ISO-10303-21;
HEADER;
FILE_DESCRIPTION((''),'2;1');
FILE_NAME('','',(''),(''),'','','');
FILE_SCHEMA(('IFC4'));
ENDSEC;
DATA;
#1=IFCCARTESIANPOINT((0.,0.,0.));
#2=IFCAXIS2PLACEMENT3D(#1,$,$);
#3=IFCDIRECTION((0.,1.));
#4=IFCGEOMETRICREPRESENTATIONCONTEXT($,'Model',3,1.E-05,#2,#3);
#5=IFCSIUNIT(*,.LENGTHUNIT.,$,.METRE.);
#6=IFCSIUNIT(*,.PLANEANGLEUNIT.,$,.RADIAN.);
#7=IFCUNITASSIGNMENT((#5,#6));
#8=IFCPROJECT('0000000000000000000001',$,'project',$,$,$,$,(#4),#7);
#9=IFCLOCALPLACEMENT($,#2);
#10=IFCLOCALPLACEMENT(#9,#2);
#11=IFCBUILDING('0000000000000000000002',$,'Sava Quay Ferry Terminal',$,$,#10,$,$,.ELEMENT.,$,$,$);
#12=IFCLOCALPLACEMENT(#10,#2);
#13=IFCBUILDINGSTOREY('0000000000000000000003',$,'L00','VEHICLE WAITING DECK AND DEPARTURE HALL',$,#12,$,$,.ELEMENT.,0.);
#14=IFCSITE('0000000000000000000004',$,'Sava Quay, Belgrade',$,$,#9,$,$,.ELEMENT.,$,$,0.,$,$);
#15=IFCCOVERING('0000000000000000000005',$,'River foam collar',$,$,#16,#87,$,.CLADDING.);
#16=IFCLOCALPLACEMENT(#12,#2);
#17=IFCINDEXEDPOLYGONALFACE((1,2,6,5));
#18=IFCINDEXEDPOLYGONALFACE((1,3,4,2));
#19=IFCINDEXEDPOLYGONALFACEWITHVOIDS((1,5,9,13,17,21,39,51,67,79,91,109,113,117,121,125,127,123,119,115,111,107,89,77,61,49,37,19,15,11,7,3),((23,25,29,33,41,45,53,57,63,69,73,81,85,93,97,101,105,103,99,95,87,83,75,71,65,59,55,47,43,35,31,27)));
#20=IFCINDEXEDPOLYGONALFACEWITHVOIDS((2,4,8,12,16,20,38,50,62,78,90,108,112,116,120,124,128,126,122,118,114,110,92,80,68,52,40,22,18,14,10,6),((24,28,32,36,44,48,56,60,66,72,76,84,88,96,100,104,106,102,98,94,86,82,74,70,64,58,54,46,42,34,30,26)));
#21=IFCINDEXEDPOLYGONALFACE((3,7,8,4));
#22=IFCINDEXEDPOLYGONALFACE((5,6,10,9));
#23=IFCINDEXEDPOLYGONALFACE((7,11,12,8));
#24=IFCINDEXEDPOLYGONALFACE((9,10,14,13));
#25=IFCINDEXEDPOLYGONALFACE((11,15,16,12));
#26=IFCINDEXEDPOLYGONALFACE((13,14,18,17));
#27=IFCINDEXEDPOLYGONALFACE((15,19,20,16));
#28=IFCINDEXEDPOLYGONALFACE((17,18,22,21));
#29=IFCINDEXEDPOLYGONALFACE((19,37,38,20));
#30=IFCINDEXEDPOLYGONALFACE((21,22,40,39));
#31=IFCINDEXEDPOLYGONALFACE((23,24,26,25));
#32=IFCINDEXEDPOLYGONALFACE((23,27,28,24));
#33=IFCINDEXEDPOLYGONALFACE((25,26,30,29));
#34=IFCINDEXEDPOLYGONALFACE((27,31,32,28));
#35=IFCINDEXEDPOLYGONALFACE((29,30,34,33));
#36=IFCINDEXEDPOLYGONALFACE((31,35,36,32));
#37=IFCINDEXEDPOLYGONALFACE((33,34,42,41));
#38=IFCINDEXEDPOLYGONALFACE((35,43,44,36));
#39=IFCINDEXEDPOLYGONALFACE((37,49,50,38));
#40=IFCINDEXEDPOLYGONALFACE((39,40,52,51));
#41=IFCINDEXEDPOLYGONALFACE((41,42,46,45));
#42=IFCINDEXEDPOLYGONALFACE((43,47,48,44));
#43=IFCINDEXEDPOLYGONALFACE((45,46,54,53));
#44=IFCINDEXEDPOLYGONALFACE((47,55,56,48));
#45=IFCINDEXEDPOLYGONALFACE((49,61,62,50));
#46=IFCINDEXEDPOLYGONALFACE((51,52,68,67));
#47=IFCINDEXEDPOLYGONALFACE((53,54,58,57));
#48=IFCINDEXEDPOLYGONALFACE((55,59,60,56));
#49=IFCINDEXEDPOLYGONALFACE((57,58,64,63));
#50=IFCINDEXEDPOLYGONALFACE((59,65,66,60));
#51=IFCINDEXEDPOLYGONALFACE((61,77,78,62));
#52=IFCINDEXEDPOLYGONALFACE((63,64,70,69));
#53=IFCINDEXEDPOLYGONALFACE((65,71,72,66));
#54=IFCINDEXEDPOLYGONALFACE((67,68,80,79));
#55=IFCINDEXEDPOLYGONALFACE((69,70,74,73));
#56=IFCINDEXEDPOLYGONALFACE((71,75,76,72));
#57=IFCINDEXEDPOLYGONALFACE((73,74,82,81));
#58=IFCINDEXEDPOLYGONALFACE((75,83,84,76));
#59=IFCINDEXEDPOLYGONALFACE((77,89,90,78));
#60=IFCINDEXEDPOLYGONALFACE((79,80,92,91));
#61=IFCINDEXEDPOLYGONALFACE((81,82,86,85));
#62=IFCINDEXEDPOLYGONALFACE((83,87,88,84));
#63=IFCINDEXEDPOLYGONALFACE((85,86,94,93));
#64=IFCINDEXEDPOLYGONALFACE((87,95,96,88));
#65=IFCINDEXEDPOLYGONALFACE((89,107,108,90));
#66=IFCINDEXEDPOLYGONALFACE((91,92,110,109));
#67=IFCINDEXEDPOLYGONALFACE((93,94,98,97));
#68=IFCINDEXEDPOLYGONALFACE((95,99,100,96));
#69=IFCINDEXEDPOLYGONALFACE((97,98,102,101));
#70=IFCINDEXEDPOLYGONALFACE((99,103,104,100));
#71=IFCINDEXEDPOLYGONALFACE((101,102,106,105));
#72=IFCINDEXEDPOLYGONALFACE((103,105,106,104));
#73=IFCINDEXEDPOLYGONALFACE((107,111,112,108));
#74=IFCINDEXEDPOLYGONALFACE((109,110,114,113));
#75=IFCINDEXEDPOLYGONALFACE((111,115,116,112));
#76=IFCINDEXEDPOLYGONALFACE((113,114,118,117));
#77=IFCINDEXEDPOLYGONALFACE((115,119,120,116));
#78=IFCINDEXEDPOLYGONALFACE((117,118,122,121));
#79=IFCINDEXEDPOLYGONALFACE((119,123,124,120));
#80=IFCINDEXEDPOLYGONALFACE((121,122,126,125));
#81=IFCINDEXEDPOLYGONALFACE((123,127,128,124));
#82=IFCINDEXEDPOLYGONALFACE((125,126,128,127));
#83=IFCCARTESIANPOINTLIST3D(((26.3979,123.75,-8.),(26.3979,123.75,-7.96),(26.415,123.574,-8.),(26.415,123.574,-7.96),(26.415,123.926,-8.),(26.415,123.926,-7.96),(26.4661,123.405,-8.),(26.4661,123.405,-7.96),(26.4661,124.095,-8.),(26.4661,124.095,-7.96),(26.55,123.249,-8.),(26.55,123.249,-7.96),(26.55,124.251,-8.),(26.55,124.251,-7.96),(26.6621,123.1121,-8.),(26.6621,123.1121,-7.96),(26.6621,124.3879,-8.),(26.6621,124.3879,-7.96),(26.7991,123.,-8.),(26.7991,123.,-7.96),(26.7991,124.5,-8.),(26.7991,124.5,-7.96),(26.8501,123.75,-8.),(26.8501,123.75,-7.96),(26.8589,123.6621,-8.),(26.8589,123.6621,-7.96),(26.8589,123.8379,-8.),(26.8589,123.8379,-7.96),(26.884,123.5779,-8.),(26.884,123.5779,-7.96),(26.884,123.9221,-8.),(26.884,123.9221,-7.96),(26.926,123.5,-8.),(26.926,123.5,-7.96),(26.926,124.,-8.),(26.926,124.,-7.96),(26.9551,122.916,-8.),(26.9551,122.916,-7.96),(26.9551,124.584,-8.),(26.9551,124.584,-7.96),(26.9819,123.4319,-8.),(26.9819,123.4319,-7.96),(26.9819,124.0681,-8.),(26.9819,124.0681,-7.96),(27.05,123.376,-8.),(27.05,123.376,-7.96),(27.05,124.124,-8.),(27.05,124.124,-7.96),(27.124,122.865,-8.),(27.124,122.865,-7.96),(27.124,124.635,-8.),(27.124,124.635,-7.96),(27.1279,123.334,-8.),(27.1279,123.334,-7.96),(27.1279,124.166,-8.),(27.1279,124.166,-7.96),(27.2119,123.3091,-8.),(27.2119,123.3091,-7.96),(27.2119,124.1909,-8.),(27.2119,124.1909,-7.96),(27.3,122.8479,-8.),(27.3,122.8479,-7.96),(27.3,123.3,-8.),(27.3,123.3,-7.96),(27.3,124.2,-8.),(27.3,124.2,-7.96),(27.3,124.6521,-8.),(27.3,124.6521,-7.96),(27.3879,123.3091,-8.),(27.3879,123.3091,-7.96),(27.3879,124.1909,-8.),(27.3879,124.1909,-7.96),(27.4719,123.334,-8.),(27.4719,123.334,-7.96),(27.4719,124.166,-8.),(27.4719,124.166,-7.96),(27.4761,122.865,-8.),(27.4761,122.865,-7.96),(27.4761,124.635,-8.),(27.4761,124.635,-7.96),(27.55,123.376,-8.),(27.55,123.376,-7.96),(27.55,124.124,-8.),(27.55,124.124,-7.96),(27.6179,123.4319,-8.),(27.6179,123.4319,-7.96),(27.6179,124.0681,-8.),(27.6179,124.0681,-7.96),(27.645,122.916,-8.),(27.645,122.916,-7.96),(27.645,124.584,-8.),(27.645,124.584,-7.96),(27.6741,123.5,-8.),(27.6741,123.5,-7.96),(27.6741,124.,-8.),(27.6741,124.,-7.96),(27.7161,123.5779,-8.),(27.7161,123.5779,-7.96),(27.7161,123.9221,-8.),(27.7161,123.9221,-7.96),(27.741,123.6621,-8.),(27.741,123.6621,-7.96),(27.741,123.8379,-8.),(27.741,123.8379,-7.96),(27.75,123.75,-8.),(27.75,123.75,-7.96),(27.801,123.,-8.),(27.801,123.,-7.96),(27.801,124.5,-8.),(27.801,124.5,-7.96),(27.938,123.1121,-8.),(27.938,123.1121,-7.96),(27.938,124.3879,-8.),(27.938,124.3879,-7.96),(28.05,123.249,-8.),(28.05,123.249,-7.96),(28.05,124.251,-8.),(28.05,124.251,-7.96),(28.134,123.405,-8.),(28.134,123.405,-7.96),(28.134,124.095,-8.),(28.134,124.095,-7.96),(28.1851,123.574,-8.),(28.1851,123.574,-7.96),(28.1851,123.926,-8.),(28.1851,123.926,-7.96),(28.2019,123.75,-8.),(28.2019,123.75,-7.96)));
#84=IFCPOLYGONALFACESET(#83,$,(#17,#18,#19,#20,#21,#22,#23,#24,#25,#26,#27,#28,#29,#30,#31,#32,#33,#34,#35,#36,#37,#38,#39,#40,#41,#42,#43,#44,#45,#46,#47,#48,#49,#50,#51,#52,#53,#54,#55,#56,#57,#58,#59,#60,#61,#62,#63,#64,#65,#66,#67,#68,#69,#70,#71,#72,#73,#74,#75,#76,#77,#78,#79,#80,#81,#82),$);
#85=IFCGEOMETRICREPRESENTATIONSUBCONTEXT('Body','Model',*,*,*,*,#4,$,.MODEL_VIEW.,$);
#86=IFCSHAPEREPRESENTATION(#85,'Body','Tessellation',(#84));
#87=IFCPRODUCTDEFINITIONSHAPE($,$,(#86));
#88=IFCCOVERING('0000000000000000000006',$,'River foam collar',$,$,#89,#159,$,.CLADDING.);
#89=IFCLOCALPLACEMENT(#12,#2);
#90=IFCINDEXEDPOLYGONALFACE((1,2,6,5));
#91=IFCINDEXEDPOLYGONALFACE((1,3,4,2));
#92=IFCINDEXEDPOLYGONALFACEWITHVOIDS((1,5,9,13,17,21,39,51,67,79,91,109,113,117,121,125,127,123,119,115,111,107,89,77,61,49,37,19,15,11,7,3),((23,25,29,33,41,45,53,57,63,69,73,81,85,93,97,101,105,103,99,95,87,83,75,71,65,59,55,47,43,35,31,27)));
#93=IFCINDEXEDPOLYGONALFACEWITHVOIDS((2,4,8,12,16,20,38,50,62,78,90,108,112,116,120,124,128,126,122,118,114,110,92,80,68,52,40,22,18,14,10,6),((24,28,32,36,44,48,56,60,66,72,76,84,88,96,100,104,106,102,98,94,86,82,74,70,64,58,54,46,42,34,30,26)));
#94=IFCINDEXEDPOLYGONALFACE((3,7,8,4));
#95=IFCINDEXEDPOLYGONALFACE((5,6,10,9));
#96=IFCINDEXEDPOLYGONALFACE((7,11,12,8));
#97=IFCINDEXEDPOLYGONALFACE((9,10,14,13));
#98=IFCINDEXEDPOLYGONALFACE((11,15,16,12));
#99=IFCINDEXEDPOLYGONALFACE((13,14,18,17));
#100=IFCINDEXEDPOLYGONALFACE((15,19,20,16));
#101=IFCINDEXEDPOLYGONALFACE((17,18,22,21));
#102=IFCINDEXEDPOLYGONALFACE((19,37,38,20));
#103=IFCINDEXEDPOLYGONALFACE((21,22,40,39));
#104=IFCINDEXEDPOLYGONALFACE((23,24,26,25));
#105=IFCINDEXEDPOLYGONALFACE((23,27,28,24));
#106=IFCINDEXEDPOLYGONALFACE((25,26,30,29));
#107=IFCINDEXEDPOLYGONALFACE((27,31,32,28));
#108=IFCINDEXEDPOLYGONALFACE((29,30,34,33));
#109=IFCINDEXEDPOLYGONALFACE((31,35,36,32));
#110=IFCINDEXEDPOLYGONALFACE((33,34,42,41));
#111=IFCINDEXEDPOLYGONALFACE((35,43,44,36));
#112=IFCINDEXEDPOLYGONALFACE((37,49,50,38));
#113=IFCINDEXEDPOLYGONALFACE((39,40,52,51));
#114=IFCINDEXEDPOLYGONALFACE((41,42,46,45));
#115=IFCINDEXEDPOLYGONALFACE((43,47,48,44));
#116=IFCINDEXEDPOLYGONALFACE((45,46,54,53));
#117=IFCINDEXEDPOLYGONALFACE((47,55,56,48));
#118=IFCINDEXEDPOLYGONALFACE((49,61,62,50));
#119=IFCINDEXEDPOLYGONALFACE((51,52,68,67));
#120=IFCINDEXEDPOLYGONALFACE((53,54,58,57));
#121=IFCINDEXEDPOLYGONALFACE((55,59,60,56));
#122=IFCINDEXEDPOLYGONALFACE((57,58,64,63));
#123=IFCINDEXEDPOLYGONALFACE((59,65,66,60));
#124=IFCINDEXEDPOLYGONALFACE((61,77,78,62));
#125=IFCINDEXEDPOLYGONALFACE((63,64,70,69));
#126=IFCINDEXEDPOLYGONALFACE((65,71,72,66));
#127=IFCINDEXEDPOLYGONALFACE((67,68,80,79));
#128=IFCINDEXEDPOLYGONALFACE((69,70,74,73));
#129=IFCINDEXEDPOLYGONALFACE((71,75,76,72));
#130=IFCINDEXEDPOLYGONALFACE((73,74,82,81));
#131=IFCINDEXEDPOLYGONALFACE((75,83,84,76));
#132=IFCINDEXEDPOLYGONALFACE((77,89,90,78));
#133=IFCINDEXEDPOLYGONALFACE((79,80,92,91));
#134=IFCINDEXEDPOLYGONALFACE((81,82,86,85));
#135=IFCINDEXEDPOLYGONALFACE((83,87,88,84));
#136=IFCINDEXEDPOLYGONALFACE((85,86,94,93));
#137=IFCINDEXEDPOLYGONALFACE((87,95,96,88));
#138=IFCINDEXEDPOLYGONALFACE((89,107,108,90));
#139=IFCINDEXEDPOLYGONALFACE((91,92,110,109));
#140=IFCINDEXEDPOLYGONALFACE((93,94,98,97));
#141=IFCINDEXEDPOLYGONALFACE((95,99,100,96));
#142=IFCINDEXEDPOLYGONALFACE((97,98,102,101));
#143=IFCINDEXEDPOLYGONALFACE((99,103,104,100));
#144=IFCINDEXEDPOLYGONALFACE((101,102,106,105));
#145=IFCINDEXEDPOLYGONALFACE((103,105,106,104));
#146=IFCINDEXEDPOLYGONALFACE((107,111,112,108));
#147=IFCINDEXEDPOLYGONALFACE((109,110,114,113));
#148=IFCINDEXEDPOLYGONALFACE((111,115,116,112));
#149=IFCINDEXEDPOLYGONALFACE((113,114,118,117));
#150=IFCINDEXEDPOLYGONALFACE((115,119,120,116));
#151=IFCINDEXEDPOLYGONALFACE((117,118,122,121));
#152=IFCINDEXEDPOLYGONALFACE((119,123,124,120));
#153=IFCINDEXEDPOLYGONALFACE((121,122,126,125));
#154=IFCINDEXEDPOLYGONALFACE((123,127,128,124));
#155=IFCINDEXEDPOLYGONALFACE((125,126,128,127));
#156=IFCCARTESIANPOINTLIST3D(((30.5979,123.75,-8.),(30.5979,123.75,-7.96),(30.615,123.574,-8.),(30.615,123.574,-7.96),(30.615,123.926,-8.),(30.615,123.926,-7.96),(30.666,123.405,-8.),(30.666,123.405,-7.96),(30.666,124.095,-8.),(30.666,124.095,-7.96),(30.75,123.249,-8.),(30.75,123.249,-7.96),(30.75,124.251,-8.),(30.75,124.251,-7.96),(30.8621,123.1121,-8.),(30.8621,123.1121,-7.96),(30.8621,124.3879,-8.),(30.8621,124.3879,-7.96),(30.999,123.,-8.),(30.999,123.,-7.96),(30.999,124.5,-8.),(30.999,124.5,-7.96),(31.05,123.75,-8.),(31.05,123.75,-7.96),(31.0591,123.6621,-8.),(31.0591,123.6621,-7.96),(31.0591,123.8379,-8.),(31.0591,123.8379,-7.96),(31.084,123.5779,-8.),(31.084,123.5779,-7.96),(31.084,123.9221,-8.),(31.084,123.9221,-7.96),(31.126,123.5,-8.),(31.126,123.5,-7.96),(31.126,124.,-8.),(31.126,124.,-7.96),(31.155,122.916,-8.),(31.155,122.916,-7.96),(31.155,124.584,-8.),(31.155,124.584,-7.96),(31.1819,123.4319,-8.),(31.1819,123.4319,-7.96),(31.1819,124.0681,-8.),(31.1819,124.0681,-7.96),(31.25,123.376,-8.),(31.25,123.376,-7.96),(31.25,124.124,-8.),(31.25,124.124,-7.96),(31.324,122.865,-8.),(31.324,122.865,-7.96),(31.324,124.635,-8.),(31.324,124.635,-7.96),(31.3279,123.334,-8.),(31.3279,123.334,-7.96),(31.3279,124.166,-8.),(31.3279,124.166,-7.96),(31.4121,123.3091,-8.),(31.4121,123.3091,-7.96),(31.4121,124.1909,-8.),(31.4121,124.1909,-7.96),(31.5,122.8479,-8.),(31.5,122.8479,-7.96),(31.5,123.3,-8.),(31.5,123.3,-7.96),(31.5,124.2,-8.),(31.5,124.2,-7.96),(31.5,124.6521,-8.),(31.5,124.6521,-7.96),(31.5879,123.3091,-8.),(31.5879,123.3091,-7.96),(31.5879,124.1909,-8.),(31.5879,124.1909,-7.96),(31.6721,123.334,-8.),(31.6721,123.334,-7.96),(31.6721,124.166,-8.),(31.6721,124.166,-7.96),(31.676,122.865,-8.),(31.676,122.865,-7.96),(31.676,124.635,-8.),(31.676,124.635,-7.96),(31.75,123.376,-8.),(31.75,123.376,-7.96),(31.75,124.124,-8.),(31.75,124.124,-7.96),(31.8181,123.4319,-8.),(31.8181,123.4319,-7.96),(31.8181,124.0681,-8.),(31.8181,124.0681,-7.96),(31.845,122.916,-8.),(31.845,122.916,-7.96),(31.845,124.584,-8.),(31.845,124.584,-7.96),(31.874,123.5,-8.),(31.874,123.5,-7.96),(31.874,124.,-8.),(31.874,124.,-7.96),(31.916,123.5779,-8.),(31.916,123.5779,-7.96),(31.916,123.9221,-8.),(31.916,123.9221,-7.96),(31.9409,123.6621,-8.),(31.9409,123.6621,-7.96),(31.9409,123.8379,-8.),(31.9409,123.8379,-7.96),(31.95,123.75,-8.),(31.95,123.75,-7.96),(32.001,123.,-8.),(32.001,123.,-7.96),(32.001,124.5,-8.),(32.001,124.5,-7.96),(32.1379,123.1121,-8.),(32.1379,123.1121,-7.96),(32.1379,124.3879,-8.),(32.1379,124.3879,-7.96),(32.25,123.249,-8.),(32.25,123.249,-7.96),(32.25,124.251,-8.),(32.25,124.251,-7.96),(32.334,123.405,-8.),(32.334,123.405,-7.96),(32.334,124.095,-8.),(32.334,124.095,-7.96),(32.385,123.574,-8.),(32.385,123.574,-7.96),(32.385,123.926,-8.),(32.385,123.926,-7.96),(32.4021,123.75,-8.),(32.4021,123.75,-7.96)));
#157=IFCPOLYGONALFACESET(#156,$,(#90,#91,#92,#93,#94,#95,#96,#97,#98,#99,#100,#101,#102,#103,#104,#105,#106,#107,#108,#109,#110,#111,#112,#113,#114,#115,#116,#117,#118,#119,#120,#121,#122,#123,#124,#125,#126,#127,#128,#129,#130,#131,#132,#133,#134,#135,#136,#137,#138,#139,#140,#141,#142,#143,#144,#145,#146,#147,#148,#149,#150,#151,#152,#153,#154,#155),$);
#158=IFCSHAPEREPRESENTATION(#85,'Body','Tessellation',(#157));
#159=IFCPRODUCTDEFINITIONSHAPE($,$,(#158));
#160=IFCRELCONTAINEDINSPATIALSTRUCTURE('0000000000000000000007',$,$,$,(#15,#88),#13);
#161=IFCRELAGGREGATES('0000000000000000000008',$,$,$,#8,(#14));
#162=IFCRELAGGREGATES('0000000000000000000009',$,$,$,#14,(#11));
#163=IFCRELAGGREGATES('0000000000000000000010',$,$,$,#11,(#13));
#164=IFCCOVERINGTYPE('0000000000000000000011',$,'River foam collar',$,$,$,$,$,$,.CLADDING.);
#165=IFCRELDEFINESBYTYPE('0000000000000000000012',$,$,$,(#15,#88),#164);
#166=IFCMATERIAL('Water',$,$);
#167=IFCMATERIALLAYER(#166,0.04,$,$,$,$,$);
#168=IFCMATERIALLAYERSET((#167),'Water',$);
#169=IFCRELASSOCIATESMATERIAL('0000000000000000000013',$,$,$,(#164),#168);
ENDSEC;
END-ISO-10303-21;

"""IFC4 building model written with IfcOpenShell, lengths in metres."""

from ifc_helpers import new_model, si_unit, direction, frame, origin, place, context, subcontext, project, spatial, polyline, outline, extrude, material, layer, layer_set, type_object, element, save


model = new_model("IFC4")

# Units and contexts
model_context = context("Model", 3, precision=1e-05, world=origin(), true_north=direction((0.0, 1.0)))
body_context = subcontext(model_context, "Body", "Model", "MODEL_VIEW")
ifc_project = project(units=[si_unit("LENGTHUNIT", "METRE"), si_unit("PLANEANGLEUNIT", "RADIAN")], contexts=[model_context])

# Site, building, storey
site_placement = place(None, origin())
site = spatial("IfcSite", under=ifc_project, at=site_placement, Name="Sava Quay, Belgrade", CompositionType="ELEMENT", RefElevation=0.0)
building_placement = place(site_placement, origin())
building = spatial("IfcBuilding", under=site, at=building_placement, Name="Sava Quay Ferry Terminal", CompositionType="ELEMENT")
storey_placement = place(building_placement, origin())
storey = spatial("IfcBuildingStorey", under=building, at=storey_placement, Name="L00", Description="VEHICLE WAITING DECK AND DEPARTURE HALL", CompositionType="ELEMENT", Elevation=0.0)

# Coverings
ifc_material = material(Name="Water")
ifc_layer = layer(ifc_material, 0.04)
ifc_layer_set = layer_set([ifc_layer], Name="Water")
covering_type = type_object("IfcCoveringType", Name="River foam collar", PredefinedType="CLADDING", material=ifc_layer_set)
covering_1_placement = place(storey_placement, frame((0.0, 0.0, -8.0)))
element("IfcCovering", 1, at=covering_1_placement, inside=storey, type_object=covering_type, Name="River foam collar", PredefinedType="CLADDING", context=body_context, shape_type="SweptSolid", body=[
    extrude(outline(polyline([(28.1851, 123.574), (28.2019, 123.75), (28.1851, 123.926), (28.134, 124.095), (28.05, 124.251), (27.938, 124.3879), (27.801, 124.5), (27.645, 124.584), (27.4761, 124.635), (27.3, 124.6521), (27.124, 124.635), (26.9551, 124.584), (26.7991, 124.5), (26.6621, 124.3879), (26.55, 124.251), (26.4661, 124.095), (26.415, 123.926), (26.3979, 123.75), (26.415, 123.574), (26.4661, 123.405), (26.55, 123.249), (26.6621, 123.1121), (26.7991, 123.0), (26.9551, 122.916), (27.124, 122.865), (27.3, 122.8479), (27.4761, 122.865), (27.645, 122.916), (27.801, 123.0), (27.938, 123.1121), (28.05, 123.249), (28.134, 123.405), (28.1851, 123.574)]), holes=[polyline([(27.741, 123.8379), (27.75, 123.75), (27.741, 123.6621), (27.7161, 123.5779), (27.6741, 123.5), (27.6179, 123.4319), (27.55, 123.376), (27.4719, 123.334), (27.3879, 123.3091), (27.3, 123.3), (27.2119, 123.3091), (27.1279, 123.334), (27.05, 123.376), (26.9819, 123.4319), (26.926, 123.5), (26.884, 123.5779), (26.8589, 123.6621), (26.8501, 123.75), (26.8589, 123.8379), (26.884, 123.9221), (26.926, 124.0), (26.9819, 124.0681), (27.05, 124.124), (27.1279, 124.166), (27.2119, 124.1909), (27.3, 124.2), (27.3879, 124.1909), (27.4719, 124.166), (27.55, 124.124), (27.6179, 124.0681), (27.6741, 124.0), (27.7161, 123.9221), (27.741, 123.8379)])]), origin(), (0.0, 0.0, 1.0), 0.04),
])
covering_2_placement = place(storey_placement, frame((0.0, 0.0, -8.0)))
element("IfcCovering", 2, at=covering_2_placement, inside=storey, type_object=covering_type, Name="River foam collar", PredefinedType="CLADDING", context=body_context, shape_type="SweptSolid", body=[
    extrude(outline(polyline([(32.334, 123.405), (32.385, 123.574), (32.4021, 123.75), (32.385, 123.926), (32.334, 124.095), (32.25, 124.251), (32.1379, 124.3879), (32.001, 124.5), (31.845, 124.584), (31.676, 124.635), (31.5, 124.6521), (31.324, 124.635), (31.155, 124.584), (30.999, 124.5), (30.8621, 124.3879), (30.75, 124.251), (30.666, 124.095), (30.615, 123.926), (30.5979, 123.75), (30.615, 123.574), (30.666, 123.405), (30.75, 123.249), (30.8621, 123.1121), (30.999, 123.0), (31.155, 122.916), (31.324, 122.865), (31.5, 122.8479), (31.676, 122.865), (31.845, 122.916), (32.001, 123.0), (32.1379, 123.1121), (32.25, 123.249), (32.334, 123.405)]), holes=[polyline([(31.916, 123.9221), (31.9409, 123.8379), (31.95, 123.75), (31.9409, 123.6621), (31.916, 123.5779), (31.874, 123.5), (31.8181, 123.4319), (31.75, 123.376), (31.6721, 123.334), (31.5879, 123.3091), (31.5, 123.3), (31.4121, 123.3091), (31.3279, 123.334), (31.25, 123.376), (31.1819, 123.4319), (31.126, 123.5), (31.084, 123.5779), (31.0591, 123.6621), (31.05, 123.75), (31.0591, 123.8379), (31.084, 123.9221), (31.126, 124.0), (31.1819, 124.0681), (31.25, 124.124), (31.3279, 124.166), (31.4121, 124.1909), (31.5, 124.2), (31.5879, 124.1909), (31.6721, 124.166), (31.75, 124.124), (31.8181, 124.0681), (31.874, 124.0), (31.916, 123.9221)])]), origin(), (0.0, 0.0, 1.0), 0.04),
])

save(model, "model.ifc")
